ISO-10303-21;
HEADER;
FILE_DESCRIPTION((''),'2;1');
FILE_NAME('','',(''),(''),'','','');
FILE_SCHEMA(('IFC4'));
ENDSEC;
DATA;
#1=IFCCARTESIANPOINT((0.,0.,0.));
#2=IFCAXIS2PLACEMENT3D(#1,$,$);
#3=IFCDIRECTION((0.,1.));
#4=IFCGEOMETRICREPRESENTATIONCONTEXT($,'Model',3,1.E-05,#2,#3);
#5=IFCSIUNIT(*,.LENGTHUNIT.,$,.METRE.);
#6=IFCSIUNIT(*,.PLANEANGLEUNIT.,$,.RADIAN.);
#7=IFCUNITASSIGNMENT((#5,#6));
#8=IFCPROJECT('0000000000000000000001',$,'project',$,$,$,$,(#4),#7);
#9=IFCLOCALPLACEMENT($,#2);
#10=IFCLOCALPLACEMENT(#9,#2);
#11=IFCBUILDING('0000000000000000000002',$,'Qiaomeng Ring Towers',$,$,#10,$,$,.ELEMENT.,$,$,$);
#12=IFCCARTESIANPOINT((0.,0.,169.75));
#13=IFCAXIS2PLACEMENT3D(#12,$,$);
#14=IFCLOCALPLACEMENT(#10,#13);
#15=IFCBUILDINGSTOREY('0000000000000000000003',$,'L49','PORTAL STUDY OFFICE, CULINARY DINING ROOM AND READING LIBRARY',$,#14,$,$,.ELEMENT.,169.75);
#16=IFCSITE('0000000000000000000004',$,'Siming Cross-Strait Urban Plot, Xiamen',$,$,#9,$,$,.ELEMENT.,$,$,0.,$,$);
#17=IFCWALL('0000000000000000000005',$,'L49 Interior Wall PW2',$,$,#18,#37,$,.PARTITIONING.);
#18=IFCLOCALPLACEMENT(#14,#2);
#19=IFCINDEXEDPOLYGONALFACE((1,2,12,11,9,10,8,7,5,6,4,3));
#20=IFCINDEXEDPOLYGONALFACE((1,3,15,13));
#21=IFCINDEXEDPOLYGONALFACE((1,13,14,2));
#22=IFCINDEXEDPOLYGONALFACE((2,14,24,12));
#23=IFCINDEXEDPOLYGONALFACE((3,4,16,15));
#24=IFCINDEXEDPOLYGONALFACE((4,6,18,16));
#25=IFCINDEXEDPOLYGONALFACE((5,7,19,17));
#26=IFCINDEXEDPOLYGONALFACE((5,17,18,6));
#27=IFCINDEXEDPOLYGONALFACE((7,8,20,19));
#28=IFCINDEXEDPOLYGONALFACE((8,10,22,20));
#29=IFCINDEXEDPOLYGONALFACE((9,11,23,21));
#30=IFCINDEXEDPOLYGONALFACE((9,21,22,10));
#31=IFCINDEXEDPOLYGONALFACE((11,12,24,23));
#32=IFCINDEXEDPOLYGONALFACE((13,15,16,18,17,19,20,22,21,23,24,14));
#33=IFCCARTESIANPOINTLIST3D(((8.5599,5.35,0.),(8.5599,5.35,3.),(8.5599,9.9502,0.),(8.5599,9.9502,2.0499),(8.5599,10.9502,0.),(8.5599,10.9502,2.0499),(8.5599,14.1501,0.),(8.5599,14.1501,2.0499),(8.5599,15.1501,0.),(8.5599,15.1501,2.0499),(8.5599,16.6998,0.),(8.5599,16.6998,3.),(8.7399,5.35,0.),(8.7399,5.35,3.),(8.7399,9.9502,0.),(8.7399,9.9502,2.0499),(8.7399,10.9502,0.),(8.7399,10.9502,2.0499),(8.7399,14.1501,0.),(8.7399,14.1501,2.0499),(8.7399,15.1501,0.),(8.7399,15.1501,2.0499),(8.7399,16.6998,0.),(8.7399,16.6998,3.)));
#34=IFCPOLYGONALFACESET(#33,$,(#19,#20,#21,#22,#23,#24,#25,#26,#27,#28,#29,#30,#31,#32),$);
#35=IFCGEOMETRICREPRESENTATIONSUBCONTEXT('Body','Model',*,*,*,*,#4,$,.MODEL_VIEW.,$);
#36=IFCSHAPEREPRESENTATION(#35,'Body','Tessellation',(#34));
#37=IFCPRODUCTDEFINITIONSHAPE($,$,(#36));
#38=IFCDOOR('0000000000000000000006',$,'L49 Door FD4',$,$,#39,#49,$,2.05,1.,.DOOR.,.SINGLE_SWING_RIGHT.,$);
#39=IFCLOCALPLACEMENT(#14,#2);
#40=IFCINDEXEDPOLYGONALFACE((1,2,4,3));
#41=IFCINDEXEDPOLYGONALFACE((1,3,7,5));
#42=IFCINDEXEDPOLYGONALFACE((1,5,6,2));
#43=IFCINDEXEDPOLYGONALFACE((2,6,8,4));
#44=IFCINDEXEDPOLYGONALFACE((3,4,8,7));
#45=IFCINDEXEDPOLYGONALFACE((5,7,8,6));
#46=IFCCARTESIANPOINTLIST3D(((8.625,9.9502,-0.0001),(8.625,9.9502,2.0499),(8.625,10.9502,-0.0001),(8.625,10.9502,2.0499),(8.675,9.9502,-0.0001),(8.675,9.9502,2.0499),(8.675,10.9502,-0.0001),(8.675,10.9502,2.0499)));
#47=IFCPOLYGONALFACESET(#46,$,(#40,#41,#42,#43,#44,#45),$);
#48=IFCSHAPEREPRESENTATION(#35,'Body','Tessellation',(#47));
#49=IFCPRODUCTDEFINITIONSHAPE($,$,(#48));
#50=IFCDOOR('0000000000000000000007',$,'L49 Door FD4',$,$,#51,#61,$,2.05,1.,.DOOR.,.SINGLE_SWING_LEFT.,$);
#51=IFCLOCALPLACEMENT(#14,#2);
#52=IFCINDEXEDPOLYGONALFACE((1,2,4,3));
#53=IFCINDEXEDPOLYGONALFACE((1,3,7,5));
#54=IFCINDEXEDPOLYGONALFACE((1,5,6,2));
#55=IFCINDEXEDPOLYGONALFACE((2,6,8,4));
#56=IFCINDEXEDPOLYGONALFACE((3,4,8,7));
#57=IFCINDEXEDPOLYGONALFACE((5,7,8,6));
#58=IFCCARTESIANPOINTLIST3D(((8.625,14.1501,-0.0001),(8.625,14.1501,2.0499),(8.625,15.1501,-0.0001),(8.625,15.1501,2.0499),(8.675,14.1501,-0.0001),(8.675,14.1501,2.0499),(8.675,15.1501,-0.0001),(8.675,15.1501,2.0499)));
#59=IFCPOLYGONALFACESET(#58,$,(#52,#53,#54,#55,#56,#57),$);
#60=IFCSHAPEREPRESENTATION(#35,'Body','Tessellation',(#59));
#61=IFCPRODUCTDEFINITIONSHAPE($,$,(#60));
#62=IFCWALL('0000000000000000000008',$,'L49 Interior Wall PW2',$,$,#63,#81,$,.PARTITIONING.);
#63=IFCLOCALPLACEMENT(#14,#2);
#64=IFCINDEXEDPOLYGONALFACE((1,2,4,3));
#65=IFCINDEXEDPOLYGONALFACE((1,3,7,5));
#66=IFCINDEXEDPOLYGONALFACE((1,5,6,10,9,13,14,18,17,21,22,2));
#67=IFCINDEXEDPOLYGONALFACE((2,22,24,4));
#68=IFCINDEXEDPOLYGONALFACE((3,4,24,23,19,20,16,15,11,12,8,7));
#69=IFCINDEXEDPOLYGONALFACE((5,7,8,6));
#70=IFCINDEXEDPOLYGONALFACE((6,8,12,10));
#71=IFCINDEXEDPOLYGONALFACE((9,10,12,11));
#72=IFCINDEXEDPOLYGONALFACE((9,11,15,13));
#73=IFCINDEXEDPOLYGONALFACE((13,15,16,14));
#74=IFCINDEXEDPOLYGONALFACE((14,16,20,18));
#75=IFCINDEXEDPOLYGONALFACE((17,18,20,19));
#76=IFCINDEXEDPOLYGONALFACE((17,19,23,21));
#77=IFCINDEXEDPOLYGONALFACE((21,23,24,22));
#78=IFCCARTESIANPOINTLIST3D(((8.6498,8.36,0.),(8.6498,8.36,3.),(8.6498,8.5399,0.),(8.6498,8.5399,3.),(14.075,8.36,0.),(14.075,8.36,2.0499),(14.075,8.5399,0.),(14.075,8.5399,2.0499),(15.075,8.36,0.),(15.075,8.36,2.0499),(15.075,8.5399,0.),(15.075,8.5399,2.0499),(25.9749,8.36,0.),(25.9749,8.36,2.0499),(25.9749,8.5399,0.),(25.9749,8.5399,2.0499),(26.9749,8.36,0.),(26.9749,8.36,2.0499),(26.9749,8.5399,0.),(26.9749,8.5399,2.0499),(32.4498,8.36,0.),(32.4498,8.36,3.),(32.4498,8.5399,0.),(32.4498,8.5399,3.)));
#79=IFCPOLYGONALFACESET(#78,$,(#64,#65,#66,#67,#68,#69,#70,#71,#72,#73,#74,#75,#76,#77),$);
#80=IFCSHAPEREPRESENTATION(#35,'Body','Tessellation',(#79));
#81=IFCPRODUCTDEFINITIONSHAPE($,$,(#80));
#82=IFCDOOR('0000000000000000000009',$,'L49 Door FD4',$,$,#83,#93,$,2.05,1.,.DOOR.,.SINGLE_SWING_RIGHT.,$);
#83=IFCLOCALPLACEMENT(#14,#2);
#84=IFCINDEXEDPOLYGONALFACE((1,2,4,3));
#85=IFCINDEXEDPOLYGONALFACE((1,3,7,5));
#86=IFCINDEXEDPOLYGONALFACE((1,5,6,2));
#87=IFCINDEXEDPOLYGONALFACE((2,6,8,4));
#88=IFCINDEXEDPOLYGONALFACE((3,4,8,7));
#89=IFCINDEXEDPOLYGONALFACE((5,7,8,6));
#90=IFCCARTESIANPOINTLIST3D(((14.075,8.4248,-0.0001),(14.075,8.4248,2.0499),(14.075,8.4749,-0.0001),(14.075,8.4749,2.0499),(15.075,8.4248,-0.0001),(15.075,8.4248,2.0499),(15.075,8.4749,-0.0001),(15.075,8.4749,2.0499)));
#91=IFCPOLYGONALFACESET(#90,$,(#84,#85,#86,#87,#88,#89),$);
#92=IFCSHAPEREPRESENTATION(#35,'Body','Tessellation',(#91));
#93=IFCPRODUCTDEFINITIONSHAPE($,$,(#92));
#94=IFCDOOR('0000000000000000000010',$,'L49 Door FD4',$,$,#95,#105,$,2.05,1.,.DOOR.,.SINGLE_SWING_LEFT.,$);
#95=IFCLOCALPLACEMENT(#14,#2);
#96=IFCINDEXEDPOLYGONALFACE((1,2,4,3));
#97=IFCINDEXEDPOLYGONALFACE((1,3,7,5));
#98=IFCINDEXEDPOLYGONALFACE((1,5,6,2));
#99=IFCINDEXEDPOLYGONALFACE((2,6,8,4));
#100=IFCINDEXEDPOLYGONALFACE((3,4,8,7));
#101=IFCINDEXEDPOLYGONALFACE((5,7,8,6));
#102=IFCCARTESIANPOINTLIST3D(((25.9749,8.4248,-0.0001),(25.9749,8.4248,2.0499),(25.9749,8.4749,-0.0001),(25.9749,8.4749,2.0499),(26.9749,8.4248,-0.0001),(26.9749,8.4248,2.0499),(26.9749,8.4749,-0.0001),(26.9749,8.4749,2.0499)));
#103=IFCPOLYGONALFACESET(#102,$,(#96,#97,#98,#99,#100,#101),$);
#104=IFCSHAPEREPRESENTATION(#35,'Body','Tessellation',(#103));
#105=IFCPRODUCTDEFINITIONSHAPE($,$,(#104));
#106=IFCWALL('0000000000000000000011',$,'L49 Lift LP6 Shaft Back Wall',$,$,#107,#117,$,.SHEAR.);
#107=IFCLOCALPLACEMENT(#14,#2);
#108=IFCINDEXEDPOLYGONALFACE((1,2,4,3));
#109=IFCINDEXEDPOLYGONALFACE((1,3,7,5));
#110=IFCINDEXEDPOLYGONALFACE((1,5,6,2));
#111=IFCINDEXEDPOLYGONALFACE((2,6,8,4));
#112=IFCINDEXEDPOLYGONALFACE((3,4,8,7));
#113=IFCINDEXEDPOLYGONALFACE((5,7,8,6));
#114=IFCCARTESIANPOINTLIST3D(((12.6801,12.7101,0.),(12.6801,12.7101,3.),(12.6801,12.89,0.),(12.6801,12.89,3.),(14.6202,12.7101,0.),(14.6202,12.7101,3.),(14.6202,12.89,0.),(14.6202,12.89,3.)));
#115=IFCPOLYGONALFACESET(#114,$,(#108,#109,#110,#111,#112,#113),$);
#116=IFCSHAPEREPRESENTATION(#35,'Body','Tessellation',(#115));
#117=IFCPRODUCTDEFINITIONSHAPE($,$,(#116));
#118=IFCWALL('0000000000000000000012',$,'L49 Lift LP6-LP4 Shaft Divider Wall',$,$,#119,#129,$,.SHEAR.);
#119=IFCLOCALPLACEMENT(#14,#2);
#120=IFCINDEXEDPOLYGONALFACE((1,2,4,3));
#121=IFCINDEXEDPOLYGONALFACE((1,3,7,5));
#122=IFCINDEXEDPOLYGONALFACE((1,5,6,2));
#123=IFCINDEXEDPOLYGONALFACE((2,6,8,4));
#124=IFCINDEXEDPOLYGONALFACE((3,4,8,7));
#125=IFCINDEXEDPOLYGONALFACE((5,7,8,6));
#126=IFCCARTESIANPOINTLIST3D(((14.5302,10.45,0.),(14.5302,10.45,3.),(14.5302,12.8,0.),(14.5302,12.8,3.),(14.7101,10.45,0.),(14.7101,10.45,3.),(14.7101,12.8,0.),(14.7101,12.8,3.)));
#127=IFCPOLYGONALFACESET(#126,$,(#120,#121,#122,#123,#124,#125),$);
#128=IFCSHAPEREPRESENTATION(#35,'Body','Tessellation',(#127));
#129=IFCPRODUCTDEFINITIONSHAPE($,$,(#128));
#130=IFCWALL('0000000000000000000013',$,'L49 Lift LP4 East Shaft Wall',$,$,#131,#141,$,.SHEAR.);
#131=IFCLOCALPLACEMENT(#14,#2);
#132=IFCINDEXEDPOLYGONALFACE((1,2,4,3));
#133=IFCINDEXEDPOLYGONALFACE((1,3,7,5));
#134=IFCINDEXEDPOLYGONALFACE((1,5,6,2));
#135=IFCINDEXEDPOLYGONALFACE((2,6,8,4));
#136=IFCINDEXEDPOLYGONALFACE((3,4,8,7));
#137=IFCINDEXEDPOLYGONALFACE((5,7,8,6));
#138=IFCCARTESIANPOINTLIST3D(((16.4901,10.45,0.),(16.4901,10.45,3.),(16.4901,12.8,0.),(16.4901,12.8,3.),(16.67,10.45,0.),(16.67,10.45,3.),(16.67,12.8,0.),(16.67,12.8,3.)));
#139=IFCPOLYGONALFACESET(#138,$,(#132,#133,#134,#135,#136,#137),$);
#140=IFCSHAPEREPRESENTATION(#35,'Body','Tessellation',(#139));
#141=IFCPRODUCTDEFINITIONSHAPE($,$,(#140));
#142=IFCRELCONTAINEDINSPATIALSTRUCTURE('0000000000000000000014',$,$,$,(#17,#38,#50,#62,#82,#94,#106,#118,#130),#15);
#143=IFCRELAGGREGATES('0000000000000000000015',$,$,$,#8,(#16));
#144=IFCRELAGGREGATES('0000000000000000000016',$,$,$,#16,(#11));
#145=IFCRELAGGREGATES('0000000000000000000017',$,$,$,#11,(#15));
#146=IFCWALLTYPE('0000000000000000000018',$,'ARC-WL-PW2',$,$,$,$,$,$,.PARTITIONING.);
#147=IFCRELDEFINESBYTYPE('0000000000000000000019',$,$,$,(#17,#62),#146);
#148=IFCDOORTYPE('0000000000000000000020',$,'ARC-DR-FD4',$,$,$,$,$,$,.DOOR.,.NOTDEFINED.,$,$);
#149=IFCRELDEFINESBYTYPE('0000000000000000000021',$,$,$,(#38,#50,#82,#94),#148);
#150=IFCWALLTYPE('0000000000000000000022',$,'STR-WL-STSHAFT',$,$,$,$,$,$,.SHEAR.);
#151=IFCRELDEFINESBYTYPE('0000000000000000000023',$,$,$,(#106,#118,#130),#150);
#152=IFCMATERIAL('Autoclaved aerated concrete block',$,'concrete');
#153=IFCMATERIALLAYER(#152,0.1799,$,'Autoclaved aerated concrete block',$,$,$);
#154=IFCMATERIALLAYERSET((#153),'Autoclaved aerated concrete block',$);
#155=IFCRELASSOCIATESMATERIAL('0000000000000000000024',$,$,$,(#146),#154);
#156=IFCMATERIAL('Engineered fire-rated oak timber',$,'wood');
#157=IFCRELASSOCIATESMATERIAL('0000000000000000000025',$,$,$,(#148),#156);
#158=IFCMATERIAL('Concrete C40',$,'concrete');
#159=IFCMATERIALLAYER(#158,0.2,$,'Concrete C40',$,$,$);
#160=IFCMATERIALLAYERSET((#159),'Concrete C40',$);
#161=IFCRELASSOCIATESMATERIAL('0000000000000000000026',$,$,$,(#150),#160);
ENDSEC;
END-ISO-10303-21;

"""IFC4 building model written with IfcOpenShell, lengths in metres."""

from ifc_helpers import new_model, si_unit, direction, frame, frame_2d, origin, place, context, subcontext, project, spatial, rectangle, extrude, source, transform, mapped, material, layer, layer_set, type_object, element, fill, save


model = new_model("IFC4")

# Units and contexts
model_context = context("Model", 3, precision=1e-05, world=origin(), true_north=direction((0.0, 1.0)))
body_context = subcontext(model_context, "Body", "Model", "MODEL_VIEW")
ifc_project = project(units=[si_unit("LENGTHUNIT", "METRE"), si_unit("PLANEANGLEUNIT", "RADIAN")], contexts=[model_context])

# Site, building, storey
site_placement = place(None, origin())
site = spatial("IfcSite", under=ifc_project, at=site_placement, Name="Siming Cross-Strait Urban Plot, Xiamen", CompositionType="ELEMENT", RefElevation=0.0)
building_placement = place(site_placement, origin())
building = spatial("IfcBuilding", under=site, at=building_placement, Name="Qiaomeng Ring Towers", CompositionType="ELEMENT")
storey_placement = place(building_placement, frame((0.0, 0.0, 169.75)))
storey = spatial("IfcBuildingStorey", under=building, at=storey_placement, Name="L49", Description="PORTAL STUDY OFFICE, CULINARY DINING ROOM AND READING LIBRARY", CompositionType="ELEMENT", Elevation=169.75)

# Shared definitions
ifc_material_1 = material(Name="Autoclaved aerated concrete block", Category="concrete")

# Walls, openings, doors
ifc_layer_1 = layer(ifc_material_1, 0.1799, Name="Autoclaved aerated concrete block")
ifc_layer_set_1 = layer_set([ifc_layer_1], Name="Autoclaved aerated concrete block")
wall_type_1 = type_object("IfcWallType", Name="ARC-WL-PW2", PredefinedType="PARTITIONING", material=ifc_layer_set_1)
wall_1_placement = place(storey_placement, frame((8.6499, 5.3501, 0.0), z_axis=(0.0, 0.0, 1.0), x_axis=(0.0, 1.0, 0.0)))
wall_1 = element("IfcWall", 1, at=wall_1_placement, inside=storey, type_object=wall_type_1, Name="L49 Interior Wall PW2", PredefinedType="PARTITIONING", context=body_context, shape_type="SweptSolid", body=[
    extrude(rectangle(XDim=11.3499, YDim=0.1799, at=frame_2d((5.6748, 0.0))), origin(), (0.0, 0.0, 1.0), 3.0),
])
opening_1_placement = place(wall_1_placement, frame((4.6001, 0.0, 0.0)))
opening_1 = element("IfcOpeningElement", 2, at=opening_1_placement, cuts=wall_1, PredefinedType="OPENING", context=body_context, shape_type="SweptSolid", body=[
    extrude(rectangle(XDim=1.0, YDim=2.05, at=frame_2d((0.5, 1.0249))), frame((0.0, 0.0999, 0.0), z_axis=(0.0, -1.0, 0.0), x_axis=(1.0, 0.0, 0.0)), (0.0, 0.0, 1.0), 0.2),
])
opening_2_placement = place(wall_1_placement, frame((8.8, 0.0, 0.0)))
opening_2 = element("IfcOpeningElement", 3, at=opening_2_placement, cuts=wall_1, PredefinedType="OPENING", context=body_context, shape_type="SweptSolid", body=[
    extrude(rectangle(XDim=1.0, YDim=2.05, at=frame_2d((0.5, 1.0249))), frame((0.0, 0.0999, 0.0), z_axis=(0.0, -1.0, 0.0), x_axis=(1.0, 0.0, 0.0)), (0.0, 0.0, 1.0), 0.2),
])
ifc_material_2 = material(Name="Engineered fire-rated oak timber", Category="wood")
door_type_1 = type_object("IfcDoorType", Name="ARC-DR-FD4", OperationType="NOTDEFINED", PredefinedType="DOOR", material=ifc_material_2)
shared_shape_1 = source(origin(), body_context, "Body", "SweptSolid", [
    extrude(rectangle(XDim=1.0, YDim=2.05, at=frame_2d((0.5, 1.0249))), frame((0.0, 0.0249, 0.0), z_axis=(0.0, -1.0, 0.0), x_axis=(1.0, 0.0, 0.0)), (0.0, 0.0, 1.0), 0.05),
])
door_1_placement = place(opening_1_placement, origin())
door_1 = element("IfcDoor", 4, at=door_1_placement, inside=storey, type_object=door_type_1, Name="L49 Door FD4", OperationType="SINGLE_SWING_RIGHT", OverallHeight=2.05, OverallWidth=1.0, PredefinedType="DOOR", context=body_context, shape_type="MappedRepresentation", body=[
    mapped(shared_shape_1, transform((0.0, 0.0, 0.0), x_axis=(1.0, 0.0, 0.0), y_axis=(0.0, 1.0, 0.0), z_axis=(0.0, 0.0, 1.0), scale=1.0)),
])
fill(opening_1, door_1)
door_2_placement = place(opening_2_placement, origin())
door_2 = element("IfcDoor", 5, at=door_2_placement, inside=storey, type_object=door_type_1, Name="L49 Door FD4", OperationType="SINGLE_SWING_LEFT", OverallHeight=2.05, OverallWidth=1.0, PredefinedType="DOOR", context=body_context, shape_type="MappedRepresentation", body=[
    mapped(shared_shape_1, transform((0.0, 0.0, 0.0), x_axis=(1.0, 0.0, 0.0), y_axis=(0.0, 1.0, 0.0), z_axis=(0.0, 0.0, 1.0), scale=1.0)),
])
fill(opening_2, door_2)
wall_2_placement = place(storey_placement, frame((8.6499, 8.45, 0.0), z_axis=(0.0, 0.0, 1.0), x_axis=(1.0, 0.0, 0.0)))
wall_2 = element("IfcWall", 6, at=wall_2_placement, inside=storey, type_object=wall_type_1, Name="L49 Interior Wall PW2", PredefinedType="PARTITIONING", context=body_context, shape_type="SweptSolid", body=[
    extrude(rectangle(XDim=23.8, YDim=0.1799, at=frame_2d((11.8999, 0.0))), origin(), (0.0, 0.0, 1.0), 3.0),
])
opening_3_placement = place(wall_2_placement, frame((5.425, 0.0, 0.0)))
opening_3 = element("IfcOpeningElement", 7, at=opening_3_placement, cuts=wall_2, PredefinedType="OPENING", context=body_context, shape_type="SweptSolid", body=[
    extrude(rectangle(XDim=1.0, YDim=2.05, at=frame_2d((0.5, 1.0249))), frame((0.0, 0.0999, 0.0), z_axis=(0.0, -1.0, 0.0), x_axis=(1.0, 0.0, 0.0)), (0.0, 0.0, 1.0), 0.2),
])
opening_4_placement = place(wall_2_placement, frame((17.325, 0.0, 0.0)))
opening_4 = element("IfcOpeningElement", 8, at=opening_4_placement, cuts=wall_2, PredefinedType="OPENING", context=body_context, shape_type="SweptSolid", body=[
    extrude(rectangle(XDim=1.0, YDim=2.05, at=frame_2d((0.5, 1.0249))), frame((0.0, 0.0999, 0.0), z_axis=(0.0, -1.0, 0.0), x_axis=(1.0, 0.0, 0.0)), (0.0, 0.0, 1.0), 0.2),
])
door_3_placement = place(opening_3_placement, origin())
door_3 = element("IfcDoor", 9, at=door_3_placement, inside=storey, type_object=door_type_1, Name="L49 Door FD4", OperationType="SINGLE_SWING_RIGHT", OverallHeight=2.05, OverallWidth=1.0, PredefinedType="DOOR", context=body_context, shape_type="MappedRepresentation", body=[
    mapped(shared_shape_1, transform((0.0, 0.0, 0.0), x_axis=(1.0, 0.0, 0.0), y_axis=(0.0, 1.0, 0.0), z_axis=(0.0, 0.0, 1.0), scale=1.0)),
])
fill(opening_3, door_3)
door_4_placement = place(opening_4_placement, origin())
door_4 = element("IfcDoor", 10, at=door_4_placement, inside=storey, type_object=door_type_1, Name="L49 Door FD4", OperationType="SINGLE_SWING_LEFT", OverallHeight=2.05, OverallWidth=1.0, PredefinedType="DOOR", context=body_context, shape_type="MappedRepresentation", body=[
    mapped(shared_shape_1, transform((0.0, 0.0, 0.0), x_axis=(1.0, 0.0, 0.0), y_axis=(0.0, 1.0, 0.0), z_axis=(0.0, 0.0, 1.0), scale=1.0)),
])
fill(opening_4, door_4)

# Walls
ifc_material_3 = material(Name="Concrete C40", Category="concrete")
ifc_layer_2 = layer(ifc_material_3, 0.2, Name="Concrete C40")
ifc_layer_set_2 = layer_set([ifc_layer_2], Name="Concrete C40")
wall_type_2 = type_object("IfcWallType", Name="STR-WL-STSHAFT", PredefinedType="SHEAR", material=ifc_layer_set_2)
wall_3_placement = place(storey_placement, frame((12.6799, 12.8, 0.0), z_axis=(0.0, 0.0, 1.0), x_axis=(1.0, 0.0, 0.0)))
element("IfcWall", 11, at=wall_3_placement, inside=storey, type_object=wall_type_2, Name="L49 Lift LP6 Shaft Back Wall", PredefinedType="SHEAR", context=body_context, shape_type="SweptSolid", body=[
    extrude(rectangle(XDim=1.9402, YDim=0.1799, at=frame_2d((0.9702, 0.0))), origin(), (0.0, 0.0, 1.0), 3.0),
])
for number, where, z_axis, x_axis, name in (
    (12, (14.6201, 10.45, 0.0), (0.0, 0.0, 1.0), (0.0, 1.0, 0.0), "L49 Lift LP6-LP4 Shaft Divider Wall"),
    (13, (16.5801, 10.45, 0.0), (0.0, 0.0, 1.0), (0.0, 1.0, 0.0), "L49 Lift LP4 East Shaft Wall"),
):
    element("IfcWall", number, at=place(storey_placement, frame(where, z_axis=z_axis, x_axis=x_axis)), inside=storey, type_object=wall_type_2, Name=name, PredefinedType="SHEAR", context=body_context, shape_type="SweptSolid", body=[
        extrude(rectangle(XDim=2.3501, YDim=0.1799, at=frame_2d((1.175, 0.0))), origin(), (0.0, 0.0, 1.0), 3.0),
    ])

save(model, "model.ifc")
